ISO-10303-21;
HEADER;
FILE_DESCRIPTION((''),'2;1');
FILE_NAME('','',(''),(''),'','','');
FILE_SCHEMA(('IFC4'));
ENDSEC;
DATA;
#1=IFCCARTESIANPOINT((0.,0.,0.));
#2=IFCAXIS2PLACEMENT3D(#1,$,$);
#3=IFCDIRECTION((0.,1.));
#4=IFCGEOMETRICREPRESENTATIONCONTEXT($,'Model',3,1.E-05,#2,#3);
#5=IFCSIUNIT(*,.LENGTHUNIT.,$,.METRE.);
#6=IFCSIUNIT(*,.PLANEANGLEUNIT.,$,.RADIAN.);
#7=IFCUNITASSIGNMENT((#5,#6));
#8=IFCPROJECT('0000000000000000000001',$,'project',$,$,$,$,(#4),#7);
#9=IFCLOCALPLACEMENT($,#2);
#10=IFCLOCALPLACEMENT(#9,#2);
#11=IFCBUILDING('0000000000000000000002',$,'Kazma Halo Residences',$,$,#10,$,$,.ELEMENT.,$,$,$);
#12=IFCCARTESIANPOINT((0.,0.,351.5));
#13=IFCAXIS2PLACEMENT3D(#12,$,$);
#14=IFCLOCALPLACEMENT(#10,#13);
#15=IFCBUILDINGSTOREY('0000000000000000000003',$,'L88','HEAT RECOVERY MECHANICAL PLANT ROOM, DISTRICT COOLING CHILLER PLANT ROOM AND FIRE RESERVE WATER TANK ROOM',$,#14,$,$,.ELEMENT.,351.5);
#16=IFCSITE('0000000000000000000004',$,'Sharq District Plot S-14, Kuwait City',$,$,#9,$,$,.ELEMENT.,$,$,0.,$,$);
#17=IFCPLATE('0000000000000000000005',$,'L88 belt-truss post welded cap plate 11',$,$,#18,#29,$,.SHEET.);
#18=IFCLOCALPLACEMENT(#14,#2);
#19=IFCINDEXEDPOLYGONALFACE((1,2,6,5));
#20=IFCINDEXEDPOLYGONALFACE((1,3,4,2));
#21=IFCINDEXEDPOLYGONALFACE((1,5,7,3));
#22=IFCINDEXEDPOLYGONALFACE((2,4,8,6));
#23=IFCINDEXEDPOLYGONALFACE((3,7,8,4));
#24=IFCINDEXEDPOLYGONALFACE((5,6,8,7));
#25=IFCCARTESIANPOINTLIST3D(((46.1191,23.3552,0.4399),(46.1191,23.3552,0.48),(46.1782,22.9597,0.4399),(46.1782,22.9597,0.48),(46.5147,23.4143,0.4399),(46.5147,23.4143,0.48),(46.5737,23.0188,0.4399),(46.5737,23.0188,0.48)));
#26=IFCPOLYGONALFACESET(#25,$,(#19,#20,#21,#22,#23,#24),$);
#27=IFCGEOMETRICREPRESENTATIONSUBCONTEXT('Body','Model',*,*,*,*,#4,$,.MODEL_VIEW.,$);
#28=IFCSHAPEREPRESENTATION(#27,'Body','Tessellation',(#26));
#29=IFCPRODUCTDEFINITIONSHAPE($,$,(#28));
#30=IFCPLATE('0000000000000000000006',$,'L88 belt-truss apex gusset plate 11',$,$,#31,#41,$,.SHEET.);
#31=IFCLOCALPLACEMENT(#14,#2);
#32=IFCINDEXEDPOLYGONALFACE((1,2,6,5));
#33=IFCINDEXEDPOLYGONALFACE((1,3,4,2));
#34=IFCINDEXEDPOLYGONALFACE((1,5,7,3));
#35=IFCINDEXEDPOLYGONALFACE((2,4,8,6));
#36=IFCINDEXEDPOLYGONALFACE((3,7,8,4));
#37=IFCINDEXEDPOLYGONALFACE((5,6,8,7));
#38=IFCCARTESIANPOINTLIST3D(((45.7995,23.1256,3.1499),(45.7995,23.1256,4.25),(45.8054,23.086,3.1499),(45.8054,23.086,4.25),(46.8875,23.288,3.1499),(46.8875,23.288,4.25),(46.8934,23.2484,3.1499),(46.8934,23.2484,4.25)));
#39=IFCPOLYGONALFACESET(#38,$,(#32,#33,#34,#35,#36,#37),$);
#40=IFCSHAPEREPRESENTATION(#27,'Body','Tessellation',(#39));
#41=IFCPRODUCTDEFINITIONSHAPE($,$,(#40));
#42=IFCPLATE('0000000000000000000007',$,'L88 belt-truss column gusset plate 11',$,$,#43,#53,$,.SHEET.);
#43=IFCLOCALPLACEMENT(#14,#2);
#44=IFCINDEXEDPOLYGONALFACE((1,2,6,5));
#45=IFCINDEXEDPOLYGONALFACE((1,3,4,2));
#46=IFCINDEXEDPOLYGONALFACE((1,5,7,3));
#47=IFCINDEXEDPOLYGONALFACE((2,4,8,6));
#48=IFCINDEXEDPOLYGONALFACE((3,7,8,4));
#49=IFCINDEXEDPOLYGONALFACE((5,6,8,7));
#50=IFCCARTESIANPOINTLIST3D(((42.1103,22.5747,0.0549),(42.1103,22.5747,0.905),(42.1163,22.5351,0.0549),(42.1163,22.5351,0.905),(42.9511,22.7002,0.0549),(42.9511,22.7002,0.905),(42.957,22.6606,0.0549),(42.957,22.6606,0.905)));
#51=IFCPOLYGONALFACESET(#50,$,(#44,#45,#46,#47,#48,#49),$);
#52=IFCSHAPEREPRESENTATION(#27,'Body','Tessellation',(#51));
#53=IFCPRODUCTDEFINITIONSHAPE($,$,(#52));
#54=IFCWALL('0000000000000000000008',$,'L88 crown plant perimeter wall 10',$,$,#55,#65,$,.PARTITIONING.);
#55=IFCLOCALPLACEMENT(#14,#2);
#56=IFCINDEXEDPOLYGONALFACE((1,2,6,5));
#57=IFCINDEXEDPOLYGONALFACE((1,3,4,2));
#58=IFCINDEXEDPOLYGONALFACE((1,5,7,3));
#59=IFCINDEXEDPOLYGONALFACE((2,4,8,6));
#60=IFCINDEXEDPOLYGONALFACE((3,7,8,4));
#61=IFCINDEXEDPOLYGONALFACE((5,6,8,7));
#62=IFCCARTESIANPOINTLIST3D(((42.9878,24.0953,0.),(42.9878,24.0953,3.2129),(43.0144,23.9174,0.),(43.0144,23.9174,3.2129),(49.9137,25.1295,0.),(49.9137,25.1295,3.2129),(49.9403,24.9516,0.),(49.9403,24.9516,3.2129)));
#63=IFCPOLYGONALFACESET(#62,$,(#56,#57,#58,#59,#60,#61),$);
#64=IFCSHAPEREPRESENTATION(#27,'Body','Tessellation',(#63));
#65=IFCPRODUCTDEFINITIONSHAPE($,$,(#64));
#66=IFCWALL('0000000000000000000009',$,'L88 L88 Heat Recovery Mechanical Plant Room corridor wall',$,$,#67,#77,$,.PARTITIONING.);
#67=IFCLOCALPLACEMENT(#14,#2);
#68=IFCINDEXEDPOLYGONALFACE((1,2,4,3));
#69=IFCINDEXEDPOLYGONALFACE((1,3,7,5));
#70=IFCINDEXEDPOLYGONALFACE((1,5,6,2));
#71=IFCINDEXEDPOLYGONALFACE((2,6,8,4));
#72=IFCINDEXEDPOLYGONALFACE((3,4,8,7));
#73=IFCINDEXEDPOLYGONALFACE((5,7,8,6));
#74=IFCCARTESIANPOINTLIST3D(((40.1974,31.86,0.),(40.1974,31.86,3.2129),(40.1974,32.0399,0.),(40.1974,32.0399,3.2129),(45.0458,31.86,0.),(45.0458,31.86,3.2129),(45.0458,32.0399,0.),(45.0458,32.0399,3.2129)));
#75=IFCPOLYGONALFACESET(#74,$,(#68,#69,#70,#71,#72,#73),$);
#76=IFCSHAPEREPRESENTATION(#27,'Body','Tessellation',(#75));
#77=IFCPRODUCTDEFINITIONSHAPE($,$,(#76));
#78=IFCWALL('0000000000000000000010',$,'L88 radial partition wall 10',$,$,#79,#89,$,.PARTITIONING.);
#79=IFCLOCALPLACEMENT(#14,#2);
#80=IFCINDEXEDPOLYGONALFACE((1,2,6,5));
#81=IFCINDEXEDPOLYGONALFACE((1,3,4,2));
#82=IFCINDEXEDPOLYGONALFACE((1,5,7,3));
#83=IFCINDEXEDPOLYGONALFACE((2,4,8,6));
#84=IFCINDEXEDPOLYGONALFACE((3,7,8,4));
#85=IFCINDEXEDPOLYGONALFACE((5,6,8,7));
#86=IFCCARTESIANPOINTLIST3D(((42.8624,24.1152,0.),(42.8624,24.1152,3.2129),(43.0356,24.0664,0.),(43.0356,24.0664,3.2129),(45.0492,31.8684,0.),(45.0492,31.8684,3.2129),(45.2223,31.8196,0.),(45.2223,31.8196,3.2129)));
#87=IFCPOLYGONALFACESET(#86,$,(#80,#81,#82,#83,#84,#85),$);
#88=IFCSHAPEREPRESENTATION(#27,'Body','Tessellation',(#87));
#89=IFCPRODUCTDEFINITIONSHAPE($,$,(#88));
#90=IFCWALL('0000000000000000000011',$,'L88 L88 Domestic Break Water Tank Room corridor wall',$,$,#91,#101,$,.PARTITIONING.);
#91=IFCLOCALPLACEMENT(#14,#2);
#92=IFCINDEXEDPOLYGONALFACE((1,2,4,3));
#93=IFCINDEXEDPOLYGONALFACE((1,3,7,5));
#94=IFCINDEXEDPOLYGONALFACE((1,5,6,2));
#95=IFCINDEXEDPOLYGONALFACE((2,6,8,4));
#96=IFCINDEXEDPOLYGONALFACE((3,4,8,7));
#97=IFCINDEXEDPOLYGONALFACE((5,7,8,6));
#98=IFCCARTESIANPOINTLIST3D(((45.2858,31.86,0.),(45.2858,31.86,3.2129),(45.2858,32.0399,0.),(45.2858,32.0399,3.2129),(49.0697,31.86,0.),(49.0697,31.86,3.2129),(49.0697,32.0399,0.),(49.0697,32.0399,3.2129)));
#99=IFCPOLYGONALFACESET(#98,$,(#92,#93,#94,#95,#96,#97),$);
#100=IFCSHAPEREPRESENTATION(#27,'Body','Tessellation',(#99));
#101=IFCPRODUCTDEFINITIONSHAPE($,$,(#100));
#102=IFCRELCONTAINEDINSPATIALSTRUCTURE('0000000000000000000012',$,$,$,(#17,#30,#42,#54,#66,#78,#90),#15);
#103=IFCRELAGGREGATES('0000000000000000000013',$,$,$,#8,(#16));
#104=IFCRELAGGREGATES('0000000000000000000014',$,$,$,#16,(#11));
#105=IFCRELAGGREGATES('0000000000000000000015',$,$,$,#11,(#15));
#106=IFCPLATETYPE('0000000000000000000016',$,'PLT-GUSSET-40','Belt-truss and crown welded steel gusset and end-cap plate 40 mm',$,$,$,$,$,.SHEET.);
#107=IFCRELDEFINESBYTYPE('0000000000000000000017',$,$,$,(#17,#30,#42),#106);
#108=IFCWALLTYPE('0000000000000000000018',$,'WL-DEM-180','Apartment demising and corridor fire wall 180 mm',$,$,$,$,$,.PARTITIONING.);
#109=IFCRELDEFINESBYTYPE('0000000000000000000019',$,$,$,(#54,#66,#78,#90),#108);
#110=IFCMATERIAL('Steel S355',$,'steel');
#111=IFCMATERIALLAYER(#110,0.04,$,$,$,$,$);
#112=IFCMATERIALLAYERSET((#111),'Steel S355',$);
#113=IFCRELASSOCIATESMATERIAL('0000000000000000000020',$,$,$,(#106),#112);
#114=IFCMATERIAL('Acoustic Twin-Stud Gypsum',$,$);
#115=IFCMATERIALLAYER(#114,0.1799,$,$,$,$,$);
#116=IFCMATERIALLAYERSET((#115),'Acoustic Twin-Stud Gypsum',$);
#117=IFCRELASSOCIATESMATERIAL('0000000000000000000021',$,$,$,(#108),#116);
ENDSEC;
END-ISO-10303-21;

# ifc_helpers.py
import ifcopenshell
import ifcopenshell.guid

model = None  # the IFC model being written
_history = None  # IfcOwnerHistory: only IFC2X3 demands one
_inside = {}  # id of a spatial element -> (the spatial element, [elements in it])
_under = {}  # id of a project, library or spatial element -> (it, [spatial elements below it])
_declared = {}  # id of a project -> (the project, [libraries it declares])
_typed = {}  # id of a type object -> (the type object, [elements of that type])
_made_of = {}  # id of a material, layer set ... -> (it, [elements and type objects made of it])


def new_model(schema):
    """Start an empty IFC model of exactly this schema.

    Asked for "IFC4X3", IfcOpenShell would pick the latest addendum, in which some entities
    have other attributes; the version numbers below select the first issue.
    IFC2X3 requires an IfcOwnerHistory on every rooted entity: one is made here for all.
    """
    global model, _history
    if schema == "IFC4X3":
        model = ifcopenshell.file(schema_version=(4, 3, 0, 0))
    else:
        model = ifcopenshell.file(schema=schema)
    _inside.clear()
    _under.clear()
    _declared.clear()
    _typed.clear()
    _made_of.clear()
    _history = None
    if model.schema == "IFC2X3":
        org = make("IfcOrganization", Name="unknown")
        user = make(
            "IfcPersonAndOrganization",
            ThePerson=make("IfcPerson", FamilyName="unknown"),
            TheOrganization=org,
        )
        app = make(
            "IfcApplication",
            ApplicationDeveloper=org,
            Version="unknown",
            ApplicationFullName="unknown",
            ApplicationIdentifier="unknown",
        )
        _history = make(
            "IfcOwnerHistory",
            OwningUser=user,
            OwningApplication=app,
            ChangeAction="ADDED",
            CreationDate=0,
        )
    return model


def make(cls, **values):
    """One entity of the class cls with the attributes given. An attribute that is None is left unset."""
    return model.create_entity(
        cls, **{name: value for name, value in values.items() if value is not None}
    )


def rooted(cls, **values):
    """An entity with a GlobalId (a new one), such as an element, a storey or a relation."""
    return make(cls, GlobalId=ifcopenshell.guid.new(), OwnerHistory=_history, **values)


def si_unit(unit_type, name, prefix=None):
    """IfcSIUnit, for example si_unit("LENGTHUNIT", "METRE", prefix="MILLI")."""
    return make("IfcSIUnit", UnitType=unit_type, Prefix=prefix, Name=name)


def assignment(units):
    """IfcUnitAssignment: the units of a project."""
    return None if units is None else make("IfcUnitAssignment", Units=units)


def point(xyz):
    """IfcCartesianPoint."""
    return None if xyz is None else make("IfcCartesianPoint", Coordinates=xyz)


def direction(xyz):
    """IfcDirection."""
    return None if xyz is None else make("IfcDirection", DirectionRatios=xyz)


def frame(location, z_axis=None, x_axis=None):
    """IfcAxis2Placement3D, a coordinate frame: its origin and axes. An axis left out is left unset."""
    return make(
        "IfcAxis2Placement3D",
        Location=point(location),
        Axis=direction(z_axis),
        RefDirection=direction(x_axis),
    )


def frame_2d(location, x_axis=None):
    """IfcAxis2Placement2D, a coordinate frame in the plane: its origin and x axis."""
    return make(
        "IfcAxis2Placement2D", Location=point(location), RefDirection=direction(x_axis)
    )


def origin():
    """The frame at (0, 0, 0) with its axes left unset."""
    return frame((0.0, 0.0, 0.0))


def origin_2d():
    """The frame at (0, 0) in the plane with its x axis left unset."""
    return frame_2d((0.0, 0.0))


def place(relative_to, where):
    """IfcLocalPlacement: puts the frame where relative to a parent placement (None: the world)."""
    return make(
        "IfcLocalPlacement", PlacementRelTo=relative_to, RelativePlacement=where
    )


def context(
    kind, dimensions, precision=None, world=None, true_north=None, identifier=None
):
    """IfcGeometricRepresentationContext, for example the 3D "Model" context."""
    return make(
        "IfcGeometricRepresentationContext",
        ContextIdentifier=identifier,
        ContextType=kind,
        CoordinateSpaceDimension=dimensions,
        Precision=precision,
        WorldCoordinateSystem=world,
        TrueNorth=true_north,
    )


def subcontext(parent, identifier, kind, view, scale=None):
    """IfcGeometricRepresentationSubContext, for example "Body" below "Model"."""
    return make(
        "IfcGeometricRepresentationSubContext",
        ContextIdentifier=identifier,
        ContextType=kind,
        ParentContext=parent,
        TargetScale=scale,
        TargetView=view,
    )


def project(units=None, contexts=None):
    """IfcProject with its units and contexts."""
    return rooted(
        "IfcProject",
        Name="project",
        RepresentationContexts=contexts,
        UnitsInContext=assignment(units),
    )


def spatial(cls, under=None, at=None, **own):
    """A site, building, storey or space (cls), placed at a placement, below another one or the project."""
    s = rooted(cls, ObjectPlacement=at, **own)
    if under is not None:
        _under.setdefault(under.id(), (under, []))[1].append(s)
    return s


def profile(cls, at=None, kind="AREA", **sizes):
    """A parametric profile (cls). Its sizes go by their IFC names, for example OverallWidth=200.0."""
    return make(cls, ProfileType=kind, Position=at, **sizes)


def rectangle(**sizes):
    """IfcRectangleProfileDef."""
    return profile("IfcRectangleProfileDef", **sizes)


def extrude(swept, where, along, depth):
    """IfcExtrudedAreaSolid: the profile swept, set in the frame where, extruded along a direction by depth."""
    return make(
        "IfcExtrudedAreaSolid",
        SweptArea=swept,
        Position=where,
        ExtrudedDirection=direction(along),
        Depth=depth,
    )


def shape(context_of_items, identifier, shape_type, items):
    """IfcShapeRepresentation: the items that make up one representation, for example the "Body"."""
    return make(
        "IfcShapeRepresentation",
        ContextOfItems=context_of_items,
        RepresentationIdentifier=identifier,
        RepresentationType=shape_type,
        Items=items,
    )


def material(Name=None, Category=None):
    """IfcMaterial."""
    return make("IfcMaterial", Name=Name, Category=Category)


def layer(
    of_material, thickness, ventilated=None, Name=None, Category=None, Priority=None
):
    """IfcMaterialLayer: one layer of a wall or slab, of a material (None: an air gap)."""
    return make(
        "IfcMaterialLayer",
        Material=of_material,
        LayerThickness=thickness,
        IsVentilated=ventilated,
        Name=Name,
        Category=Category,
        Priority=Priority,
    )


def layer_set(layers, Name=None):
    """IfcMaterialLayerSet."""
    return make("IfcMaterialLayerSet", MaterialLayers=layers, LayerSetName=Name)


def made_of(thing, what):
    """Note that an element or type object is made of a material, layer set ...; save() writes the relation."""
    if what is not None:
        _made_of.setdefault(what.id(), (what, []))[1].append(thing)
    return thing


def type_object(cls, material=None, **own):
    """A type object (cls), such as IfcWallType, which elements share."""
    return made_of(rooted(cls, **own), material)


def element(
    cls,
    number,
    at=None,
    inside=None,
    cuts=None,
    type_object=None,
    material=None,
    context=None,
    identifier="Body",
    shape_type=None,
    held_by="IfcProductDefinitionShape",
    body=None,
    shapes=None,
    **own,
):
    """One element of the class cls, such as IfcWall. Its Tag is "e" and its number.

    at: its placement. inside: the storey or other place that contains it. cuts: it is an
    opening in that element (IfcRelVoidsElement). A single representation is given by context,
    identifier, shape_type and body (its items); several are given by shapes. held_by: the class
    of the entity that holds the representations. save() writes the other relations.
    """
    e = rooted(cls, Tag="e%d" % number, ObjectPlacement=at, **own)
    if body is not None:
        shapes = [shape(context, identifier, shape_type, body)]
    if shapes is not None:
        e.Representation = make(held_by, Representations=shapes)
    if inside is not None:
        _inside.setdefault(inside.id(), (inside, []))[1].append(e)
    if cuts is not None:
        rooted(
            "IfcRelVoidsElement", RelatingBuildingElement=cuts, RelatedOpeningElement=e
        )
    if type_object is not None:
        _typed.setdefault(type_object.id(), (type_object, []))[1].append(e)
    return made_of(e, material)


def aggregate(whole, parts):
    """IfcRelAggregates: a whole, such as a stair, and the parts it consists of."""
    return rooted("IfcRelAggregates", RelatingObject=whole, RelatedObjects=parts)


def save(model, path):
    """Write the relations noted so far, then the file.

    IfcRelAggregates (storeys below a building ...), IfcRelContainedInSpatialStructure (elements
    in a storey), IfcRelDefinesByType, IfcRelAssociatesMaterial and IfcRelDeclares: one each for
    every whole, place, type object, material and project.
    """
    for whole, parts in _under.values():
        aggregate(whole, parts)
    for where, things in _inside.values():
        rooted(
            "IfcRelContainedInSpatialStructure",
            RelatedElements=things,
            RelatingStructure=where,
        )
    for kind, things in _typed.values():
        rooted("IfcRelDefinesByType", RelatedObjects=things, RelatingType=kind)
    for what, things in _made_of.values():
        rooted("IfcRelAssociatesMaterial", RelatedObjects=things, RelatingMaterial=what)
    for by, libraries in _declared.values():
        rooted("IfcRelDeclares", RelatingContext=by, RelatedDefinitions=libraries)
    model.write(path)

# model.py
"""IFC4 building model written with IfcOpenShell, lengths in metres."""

from ifc_helpers import new_model, si_unit, direction, frame, frame_2d, origin, origin_2d, place, context, subcontext, project, spatial, rectangle, extrude, material, layer, layer_set, type_object, element, save


model = new_model("IFC4")

# Units and contexts
model_context = context("Model", 3, precision=1e-05, world=origin(), true_north=direction((0.0, 1.0)))
body_context = subcontext(model_context, "Body", "Model", "MODEL_VIEW")
ifc_project = project(units=[si_unit("LENGTHUNIT", "METRE"), si_unit("PLANEANGLEUNIT", "RADIAN")], contexts=[model_context])

# Site, building, storey
site_placement = place(None, origin())
site = spatial("IfcSite", under=ifc_project, at=site_placement, Name="Sharq District Plot S-14, Kuwait City", CompositionType="ELEMENT", RefElevation=0.0)
building_placement = place(site_placement, origin())
building = spatial("IfcBuilding", under=site, at=building_placement, Name="Kazma Halo Residences", CompositionType="ELEMENT")
storey_placement = place(building_placement, frame((0.0, 0.0, 351.5)))
storey = spatial("IfcBuildingStorey", under=building, at=storey_placement, Name="L88", Description="HEAT RECOVERY MECHANICAL PLANT ROOM, DISTRICT COOLING CHILLER PLANT ROOM AND FIRE RESERVE WATER TANK ROOM", CompositionType="ELEMENT", Elevation=351.5)

# Shared definitions
ifc_material_1 = material(Name="Steel S355", Category="steel")

# Plates
ifc_layer_1 = layer(ifc_material_1, 0.04)
ifc_layer_set_1 = layer_set([ifc_layer_1], Name="Steel S355")
plate_type_1 = type_object("IfcPlateType", Name="PLT-GUSSET-40", Description="Belt-truss and crown welded steel gusset and end-cap plate 40 mm", PredefinedType="SHEET", material=ifc_layer_set_1)
plate_1_placement = place(storey_placement, frame((46.3464, 23.187, 0.4399), z_axis=(0.0, 0.0, 1.0), x_axis=(0.989034, 0.147687, 0.0)))
element("IfcPlate", 1, at=plate_1_placement, inside=storey, type_object=plate_type_1, Name="L88 belt-truss post welded cap plate 11", PredefinedType="SHEET", context=body_context, shape_type="SweptSolid", body=[
    extrude(rectangle(XDim=0.3999, YDim=0.3999, at=origin_2d()), origin(), (0.0, 0.0, 1.0), 0.04),
])
plate_2_placement = place(storey_placement, frame((46.3464, 23.187, 3.1499), z_axis=(0.0, 0.0, 1.0), x_axis=(0.989034, 0.147687, 0.0)))
element("IfcPlate", 2, at=plate_2_placement, inside=storey, type_object=plate_type_1, Name="L88 belt-truss apex gusset plate 11", PredefinedType="SHEET", context=body_context, shape_type="SweptSolid", body=[
    extrude(rectangle(XDim=1.1001, YDim=0.04, at=origin_2d()), origin(), (0.0, 0.0, 1.0), 1.1001),
])
plate_3_placement = place(storey_placement, frame((42.5337, 22.6177, 0.0549), z_axis=(0.0, 0.0, 1.0), x_axis=(0.989034, 0.147687, 0.0)))
element("IfcPlate", 3, at=plate_3_placement, inside=storey, type_object=plate_type_1, Name="L88 belt-truss column gusset plate 11", PredefinedType="SHEET", context=body_context, shape_type="SweptSolid", body=[
    extrude(rectangle(XDim=0.8501, YDim=0.04, at=origin_2d()), origin(), (0.0, 0.0, 1.0), 0.8501),
])

# Walls
ifc_material_2 = material(Name="Acoustic Twin-Stud Gypsum")
ifc_layer_2 = layer(ifc_material_2, 0.1799)
ifc_layer_set_2 = layer_set([ifc_layer_2], Name="Acoustic Twin-Stud Gypsum")
wall_type = type_object("IfcWallType", Name="WL-DEM-180", Description="Apartment demising and corridor fire wall 180 mm", PredefinedType="PARTITIONING", material=ifc_layer_set_2)
wall_1_placement = place(storey_placement, frame((43.001, 24.0063, 0.0), z_axis=(0.0, 0.0, 1.0), x_axis=(0.989034, 0.147686, 0.0)))
element("IfcWall", 4, at=wall_1_placement, inside=storey, type_object=wall_type, Name="L88 crown plant perimeter wall 10", PredefinedType="PARTITIONING", context=body_context, shape_type="SweptSolid", body=[
    extrude(rectangle(XDim=7.0027, YDim=0.1799, at=frame_2d((3.5015, 0.0))), origin(), (0.0, 0.0, 1.0), 3.2129),
])
wall_2_placement = place(storey_placement, frame((40.1973, 31.95, 0.0), z_axis=(0.0, 0.0, 1.0), x_axis=(1.0, 0.0, 0.0)))
element("IfcWall", 5, at=wall_2_placement, inside=storey, type_object=wall_type, Name="L88 L88 Heat Recovery Mechanical Plant Room corridor wall", PredefinedType="PARTITIONING", context=body_context, shape_type="SweptSolid", body=[
    extrude(rectangle(XDim=4.8484, YDim=0.1799, at=frame_2d((2.4243, 0.0))), origin(), (0.0, 0.0, 1.0), 3.2129),
])
wall_3_placement = place(storey_placement, frame((45.1357, 31.844, 0.0), z_axis=(0.0, 0.0, 1.0), x_axis=(-0.271457, -0.96245, 0.0)))
element("IfcWall", 6, at=wall_3_placement, inside=storey, type_object=wall_type, Name="L88 radial partition wall 10", PredefinedType="PARTITIONING", context=body_context, shape_type="SweptSolid", body=[
    extrude(rectangle(XDim=8.0557, YDim=0.1799, at=frame_2d((4.0278, 0.0))), origin(), (0.0, 0.0, 1.0), 3.2129),
])
wall_4_placement = place(storey_placement, frame((45.2856, 31.95, 0.0), z_axis=(0.0, 0.0, 1.0), x_axis=(1.0, 0.0, 0.0)))
element("IfcWall", 7, at=wall_4_placement, inside=storey, type_object=wall_type, Name="L88 L88 Domestic Break Water Tank Room corridor wall", PredefinedType="PARTITIONING", context=body_context, shape_type="SweptSolid", body=[
    extrude(rectangle(XDim=3.7839, YDim=0.1799, at=frame_2d((1.8921, 0.0))), origin(), (0.0, 0.0, 1.0), 3.2129),
])

save(model, "model.ifc")
